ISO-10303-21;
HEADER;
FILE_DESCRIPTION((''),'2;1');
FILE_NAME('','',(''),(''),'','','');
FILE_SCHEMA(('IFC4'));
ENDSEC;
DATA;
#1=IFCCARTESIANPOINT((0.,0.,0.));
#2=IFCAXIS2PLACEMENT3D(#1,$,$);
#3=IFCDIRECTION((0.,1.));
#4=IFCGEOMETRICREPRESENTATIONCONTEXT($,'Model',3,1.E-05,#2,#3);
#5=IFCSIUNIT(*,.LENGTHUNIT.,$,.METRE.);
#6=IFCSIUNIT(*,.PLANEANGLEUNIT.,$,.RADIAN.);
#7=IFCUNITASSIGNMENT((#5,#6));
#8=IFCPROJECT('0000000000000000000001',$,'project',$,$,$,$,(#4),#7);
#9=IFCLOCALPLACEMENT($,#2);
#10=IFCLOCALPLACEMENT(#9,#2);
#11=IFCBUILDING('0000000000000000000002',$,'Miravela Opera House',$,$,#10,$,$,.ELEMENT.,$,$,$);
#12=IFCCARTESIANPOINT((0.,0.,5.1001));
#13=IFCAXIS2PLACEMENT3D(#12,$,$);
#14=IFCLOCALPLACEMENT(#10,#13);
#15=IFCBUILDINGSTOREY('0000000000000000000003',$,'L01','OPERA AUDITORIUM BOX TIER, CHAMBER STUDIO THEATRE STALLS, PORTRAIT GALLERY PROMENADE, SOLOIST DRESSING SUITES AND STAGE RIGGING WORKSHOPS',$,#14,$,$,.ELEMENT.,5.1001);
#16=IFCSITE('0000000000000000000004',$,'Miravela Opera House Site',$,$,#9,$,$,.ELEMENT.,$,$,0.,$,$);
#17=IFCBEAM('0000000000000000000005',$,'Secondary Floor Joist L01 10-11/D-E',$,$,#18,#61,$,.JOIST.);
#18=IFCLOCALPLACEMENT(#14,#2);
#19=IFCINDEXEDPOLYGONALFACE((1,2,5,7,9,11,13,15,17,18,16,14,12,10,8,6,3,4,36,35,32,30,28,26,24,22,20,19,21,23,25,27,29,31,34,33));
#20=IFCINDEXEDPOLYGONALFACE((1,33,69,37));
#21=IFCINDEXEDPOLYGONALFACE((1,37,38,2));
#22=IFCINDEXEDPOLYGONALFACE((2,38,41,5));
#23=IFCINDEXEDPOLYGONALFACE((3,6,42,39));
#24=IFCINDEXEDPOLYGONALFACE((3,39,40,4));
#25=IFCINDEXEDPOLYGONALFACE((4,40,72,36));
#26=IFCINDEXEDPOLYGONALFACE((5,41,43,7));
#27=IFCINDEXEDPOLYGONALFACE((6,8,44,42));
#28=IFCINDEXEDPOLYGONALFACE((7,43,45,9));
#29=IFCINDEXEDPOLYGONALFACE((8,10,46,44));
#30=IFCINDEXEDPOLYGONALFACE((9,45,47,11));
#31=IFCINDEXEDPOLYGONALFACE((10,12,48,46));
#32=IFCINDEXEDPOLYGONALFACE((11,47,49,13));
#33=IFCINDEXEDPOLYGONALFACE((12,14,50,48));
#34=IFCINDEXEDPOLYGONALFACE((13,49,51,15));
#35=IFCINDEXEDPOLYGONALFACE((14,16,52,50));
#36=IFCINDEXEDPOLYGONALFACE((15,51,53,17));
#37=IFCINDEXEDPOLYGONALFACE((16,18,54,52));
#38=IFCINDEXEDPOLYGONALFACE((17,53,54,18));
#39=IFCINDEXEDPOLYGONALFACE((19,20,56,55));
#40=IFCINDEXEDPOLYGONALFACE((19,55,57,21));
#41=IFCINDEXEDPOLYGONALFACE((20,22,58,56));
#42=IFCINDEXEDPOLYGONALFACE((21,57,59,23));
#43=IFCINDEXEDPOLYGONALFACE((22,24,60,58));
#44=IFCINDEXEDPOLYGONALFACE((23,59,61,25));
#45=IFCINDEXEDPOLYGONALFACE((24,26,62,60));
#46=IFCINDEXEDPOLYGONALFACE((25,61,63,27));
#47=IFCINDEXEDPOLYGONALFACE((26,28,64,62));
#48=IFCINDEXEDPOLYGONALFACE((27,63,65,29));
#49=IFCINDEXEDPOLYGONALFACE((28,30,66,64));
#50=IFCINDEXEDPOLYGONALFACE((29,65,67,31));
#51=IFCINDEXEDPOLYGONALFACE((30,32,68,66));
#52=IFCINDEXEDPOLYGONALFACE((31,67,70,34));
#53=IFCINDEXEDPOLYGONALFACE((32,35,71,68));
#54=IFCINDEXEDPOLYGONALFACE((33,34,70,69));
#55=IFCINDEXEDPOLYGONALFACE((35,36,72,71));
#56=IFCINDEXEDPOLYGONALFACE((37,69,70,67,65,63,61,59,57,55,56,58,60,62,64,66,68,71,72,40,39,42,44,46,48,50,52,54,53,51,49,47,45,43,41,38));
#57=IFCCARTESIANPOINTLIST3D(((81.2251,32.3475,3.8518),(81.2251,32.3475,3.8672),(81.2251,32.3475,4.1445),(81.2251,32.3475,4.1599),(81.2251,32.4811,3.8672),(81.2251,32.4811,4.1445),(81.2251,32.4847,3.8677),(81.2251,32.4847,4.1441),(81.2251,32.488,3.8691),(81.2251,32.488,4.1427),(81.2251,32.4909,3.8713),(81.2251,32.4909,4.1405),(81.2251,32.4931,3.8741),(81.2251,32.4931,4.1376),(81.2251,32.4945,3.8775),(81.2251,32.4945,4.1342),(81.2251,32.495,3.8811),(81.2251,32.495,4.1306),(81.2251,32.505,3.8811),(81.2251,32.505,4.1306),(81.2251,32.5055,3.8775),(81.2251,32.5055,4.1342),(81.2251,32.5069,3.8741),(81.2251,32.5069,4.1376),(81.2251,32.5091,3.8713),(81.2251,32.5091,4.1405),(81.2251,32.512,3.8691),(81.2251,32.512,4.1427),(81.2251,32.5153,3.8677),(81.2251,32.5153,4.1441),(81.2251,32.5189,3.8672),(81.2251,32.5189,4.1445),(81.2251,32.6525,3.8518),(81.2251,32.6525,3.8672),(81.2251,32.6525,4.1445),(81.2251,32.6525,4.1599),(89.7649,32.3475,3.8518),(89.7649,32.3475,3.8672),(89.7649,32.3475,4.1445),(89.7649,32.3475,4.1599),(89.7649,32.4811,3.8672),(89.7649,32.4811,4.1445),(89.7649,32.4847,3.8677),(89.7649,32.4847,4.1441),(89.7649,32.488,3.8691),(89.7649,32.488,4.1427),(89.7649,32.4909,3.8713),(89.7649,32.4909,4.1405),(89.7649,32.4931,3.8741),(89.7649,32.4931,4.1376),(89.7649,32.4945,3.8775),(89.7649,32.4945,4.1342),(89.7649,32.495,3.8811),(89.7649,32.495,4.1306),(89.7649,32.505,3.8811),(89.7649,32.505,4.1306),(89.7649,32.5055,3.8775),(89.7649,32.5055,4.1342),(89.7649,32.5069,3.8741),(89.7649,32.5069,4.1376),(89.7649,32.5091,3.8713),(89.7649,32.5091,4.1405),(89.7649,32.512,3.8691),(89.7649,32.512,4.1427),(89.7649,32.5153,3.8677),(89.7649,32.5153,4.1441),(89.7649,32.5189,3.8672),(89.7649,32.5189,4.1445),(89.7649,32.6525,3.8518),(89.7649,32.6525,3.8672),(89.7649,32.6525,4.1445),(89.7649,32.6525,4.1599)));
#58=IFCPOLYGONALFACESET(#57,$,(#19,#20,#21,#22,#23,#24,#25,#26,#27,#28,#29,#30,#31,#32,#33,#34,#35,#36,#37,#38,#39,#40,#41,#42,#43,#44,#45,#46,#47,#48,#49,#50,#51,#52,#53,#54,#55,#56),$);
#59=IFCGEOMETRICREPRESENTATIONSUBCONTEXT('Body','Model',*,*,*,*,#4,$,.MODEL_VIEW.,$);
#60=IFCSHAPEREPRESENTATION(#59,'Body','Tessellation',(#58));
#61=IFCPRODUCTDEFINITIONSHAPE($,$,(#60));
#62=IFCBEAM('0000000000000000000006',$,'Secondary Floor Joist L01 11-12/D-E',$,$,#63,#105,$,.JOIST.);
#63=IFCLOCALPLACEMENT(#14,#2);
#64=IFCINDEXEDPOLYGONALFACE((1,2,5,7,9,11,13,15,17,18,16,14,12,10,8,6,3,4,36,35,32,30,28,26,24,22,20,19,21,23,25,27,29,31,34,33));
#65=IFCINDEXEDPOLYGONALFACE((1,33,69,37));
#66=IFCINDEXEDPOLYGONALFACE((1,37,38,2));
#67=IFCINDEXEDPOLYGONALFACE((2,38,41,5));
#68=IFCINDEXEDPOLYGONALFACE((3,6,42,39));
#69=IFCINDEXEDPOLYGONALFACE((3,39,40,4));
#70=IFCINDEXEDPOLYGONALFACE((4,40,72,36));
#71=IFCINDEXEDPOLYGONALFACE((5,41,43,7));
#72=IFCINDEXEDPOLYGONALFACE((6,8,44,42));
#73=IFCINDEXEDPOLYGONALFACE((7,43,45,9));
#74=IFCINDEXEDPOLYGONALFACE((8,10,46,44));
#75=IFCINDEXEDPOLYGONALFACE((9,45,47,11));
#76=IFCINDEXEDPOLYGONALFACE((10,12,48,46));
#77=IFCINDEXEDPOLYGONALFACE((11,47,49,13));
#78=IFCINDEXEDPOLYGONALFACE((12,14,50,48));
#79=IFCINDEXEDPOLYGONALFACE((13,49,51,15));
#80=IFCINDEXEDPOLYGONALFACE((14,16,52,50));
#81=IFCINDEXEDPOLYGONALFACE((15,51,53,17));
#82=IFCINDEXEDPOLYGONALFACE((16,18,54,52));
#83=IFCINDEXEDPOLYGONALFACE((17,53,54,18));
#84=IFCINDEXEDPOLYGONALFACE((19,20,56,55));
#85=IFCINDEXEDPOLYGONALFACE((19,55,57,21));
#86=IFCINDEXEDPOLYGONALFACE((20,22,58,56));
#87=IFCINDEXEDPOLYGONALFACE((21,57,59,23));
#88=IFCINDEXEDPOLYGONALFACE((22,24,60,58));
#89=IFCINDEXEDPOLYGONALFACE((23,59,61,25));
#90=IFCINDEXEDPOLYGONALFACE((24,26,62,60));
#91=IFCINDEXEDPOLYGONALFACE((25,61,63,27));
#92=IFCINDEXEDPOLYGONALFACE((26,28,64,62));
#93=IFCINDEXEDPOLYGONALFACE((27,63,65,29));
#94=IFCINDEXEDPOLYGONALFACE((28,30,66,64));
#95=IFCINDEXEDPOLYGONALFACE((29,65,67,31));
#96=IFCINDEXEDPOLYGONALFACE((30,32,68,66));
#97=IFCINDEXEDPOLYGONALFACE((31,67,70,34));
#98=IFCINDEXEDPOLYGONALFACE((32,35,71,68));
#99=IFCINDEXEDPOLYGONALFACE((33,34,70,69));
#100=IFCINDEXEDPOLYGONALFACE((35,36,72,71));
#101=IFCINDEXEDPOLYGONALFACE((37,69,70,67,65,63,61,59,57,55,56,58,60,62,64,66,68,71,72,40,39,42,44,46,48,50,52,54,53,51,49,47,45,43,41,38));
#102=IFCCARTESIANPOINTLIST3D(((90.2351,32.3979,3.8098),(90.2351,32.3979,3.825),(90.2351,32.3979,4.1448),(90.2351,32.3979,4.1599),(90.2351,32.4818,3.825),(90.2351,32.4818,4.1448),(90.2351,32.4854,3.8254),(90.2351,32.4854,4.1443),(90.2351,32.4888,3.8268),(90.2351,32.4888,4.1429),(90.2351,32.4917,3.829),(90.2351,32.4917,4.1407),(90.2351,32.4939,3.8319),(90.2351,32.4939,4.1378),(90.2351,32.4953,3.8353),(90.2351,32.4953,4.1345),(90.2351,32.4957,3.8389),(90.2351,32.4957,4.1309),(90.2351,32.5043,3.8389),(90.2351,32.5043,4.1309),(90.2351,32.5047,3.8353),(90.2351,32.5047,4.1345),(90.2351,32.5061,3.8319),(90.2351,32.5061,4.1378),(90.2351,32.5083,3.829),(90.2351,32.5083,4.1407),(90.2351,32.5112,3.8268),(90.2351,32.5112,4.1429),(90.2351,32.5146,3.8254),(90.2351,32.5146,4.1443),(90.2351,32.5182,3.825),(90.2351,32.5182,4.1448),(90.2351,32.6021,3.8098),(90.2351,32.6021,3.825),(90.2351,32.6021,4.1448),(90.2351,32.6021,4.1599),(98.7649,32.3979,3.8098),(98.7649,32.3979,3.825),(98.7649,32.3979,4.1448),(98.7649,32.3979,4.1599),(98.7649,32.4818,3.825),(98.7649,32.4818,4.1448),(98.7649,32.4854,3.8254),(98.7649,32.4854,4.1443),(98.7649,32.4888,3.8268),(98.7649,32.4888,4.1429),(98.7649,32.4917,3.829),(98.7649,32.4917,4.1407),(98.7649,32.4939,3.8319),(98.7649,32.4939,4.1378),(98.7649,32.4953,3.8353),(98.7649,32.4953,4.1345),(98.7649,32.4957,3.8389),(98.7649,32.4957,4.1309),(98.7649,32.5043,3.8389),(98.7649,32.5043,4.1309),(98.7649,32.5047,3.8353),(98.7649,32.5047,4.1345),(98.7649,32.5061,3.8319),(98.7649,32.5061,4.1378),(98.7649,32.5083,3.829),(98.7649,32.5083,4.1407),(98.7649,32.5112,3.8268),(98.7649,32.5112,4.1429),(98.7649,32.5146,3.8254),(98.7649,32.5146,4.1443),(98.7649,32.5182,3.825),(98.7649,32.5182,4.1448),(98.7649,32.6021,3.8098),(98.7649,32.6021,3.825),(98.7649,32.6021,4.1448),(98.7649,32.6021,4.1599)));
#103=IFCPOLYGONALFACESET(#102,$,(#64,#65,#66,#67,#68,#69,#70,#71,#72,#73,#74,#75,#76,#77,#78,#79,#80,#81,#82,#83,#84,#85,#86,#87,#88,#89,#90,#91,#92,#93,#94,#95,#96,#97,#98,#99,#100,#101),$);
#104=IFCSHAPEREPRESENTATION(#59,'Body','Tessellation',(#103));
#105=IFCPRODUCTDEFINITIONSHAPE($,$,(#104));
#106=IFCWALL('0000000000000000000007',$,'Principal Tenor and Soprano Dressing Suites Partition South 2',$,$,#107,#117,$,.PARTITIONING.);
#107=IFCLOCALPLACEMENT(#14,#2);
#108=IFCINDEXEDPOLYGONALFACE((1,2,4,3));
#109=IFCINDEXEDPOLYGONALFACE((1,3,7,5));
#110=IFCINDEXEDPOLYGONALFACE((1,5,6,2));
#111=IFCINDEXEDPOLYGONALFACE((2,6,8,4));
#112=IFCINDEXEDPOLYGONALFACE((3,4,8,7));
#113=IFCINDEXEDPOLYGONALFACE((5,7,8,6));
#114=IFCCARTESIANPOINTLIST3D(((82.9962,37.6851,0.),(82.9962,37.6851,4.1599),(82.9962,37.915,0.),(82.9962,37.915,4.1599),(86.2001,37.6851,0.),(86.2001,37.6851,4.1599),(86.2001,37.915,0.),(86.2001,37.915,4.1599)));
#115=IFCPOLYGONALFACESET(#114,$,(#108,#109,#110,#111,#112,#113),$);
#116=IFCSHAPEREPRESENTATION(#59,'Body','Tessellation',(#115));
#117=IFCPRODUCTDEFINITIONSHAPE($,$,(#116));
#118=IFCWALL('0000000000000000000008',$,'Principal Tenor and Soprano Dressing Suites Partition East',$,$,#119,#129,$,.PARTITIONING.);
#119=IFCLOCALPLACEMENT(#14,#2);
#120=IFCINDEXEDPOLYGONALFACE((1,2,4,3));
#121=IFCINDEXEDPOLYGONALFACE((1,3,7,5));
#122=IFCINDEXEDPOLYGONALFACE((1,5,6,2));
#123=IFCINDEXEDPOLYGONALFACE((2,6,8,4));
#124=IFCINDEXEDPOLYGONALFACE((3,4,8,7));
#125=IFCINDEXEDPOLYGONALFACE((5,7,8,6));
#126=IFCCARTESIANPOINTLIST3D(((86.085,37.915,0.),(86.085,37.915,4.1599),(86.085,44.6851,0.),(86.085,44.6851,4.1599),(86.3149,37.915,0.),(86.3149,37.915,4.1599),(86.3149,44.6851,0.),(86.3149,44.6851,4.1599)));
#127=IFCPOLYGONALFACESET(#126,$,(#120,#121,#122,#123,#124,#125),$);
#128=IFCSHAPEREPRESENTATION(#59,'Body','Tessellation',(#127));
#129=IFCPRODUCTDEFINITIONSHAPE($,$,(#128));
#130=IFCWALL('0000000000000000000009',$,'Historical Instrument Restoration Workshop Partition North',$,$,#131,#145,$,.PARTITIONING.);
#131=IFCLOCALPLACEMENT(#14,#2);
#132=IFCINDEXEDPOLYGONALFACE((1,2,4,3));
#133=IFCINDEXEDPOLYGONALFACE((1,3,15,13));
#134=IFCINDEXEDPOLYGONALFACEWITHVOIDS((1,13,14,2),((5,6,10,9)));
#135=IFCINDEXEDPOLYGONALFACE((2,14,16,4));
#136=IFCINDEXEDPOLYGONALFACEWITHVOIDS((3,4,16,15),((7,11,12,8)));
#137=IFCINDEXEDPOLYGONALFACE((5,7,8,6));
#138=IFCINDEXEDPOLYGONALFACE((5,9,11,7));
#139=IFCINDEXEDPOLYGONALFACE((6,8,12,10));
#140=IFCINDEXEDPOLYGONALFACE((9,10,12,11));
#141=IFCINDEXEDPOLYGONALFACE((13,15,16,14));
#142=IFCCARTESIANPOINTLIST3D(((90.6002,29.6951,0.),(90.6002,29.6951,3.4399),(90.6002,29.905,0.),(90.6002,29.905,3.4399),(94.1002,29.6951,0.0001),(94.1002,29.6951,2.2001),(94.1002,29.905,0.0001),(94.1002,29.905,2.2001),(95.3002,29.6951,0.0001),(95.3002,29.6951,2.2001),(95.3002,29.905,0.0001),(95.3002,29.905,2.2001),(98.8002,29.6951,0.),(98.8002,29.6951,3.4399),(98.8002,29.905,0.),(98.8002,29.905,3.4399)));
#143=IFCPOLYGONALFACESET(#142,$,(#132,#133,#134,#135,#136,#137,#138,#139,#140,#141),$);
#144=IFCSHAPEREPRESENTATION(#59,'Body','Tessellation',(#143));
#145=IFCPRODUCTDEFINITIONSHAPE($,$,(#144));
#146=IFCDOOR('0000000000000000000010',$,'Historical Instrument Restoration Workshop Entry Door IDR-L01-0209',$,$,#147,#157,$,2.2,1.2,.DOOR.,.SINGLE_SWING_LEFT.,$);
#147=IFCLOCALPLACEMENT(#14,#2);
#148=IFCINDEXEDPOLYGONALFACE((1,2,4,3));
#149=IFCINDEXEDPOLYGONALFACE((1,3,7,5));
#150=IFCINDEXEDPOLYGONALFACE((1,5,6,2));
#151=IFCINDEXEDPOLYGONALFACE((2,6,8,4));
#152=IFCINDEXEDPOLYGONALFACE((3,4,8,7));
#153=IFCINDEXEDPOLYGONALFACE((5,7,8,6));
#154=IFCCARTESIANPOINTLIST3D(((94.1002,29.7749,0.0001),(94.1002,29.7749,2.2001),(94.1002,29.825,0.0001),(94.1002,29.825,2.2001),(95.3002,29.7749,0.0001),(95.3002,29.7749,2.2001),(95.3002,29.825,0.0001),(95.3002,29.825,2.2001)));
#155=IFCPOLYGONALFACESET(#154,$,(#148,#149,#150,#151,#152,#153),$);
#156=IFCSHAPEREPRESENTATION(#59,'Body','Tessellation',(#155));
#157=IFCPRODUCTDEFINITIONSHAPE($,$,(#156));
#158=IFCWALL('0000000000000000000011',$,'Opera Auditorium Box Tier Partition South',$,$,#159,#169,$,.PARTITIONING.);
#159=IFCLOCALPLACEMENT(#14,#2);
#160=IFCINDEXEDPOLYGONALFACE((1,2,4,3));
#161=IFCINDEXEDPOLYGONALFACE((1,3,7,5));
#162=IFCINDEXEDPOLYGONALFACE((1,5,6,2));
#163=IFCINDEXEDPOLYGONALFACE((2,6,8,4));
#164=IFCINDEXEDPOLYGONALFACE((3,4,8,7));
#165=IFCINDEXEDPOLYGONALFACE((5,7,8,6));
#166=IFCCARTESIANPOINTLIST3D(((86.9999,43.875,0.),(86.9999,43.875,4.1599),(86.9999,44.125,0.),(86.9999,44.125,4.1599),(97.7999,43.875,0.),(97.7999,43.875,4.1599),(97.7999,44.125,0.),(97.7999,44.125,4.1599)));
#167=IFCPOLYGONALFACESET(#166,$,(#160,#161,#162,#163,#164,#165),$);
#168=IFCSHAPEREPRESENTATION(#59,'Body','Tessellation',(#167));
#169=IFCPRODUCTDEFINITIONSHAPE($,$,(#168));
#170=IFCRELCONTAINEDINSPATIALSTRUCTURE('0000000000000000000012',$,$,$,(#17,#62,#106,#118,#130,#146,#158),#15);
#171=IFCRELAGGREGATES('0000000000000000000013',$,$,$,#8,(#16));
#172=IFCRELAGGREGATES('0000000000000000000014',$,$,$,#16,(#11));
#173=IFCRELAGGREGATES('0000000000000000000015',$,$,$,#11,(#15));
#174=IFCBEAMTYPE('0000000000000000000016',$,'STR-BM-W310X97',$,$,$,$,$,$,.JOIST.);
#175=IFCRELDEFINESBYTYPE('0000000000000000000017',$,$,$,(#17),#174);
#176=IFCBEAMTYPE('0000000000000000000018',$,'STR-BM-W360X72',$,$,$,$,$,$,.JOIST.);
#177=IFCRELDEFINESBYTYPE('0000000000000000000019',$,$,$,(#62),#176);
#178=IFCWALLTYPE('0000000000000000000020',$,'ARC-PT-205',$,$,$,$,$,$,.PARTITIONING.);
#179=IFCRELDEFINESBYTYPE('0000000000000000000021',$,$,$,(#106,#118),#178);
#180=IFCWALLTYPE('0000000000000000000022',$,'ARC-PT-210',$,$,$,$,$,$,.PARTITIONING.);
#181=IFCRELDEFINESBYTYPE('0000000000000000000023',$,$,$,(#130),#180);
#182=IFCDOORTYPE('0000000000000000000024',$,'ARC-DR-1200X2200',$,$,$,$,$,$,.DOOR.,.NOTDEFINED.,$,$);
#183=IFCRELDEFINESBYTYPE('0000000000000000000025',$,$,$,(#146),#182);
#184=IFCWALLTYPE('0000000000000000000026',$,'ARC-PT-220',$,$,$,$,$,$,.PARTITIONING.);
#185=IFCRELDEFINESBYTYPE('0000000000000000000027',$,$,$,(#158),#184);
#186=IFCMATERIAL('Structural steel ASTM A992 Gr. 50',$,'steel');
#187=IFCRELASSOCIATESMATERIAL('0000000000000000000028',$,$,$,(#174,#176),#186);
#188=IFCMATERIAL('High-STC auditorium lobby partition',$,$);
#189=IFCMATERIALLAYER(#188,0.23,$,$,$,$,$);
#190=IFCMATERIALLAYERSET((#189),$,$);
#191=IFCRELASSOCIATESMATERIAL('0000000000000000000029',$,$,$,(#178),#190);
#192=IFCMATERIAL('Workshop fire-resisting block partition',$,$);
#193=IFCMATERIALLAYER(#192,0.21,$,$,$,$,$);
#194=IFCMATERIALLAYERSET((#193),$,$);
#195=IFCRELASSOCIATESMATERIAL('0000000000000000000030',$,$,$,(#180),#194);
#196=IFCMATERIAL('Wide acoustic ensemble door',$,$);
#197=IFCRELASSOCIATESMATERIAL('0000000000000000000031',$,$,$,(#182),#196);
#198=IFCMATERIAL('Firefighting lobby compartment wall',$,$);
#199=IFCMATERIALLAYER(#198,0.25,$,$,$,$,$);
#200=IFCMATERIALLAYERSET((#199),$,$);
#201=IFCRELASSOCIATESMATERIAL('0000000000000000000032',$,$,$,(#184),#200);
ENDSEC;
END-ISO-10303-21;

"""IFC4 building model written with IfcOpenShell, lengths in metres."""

from ifc_helpers import new_model, si_unit, direction, frame, frame_2d, origin, origin_2d, place, context, subcontext, project, spatial, rectangle, i_section, extrude, material, layer, layer_set, material_profile, profile_set, type_object, element, fill, save


model = new_model("IFC4")

# Units and contexts
model_context = context("Model", 3, precision=1e-05, world=origin(), true_north=direction((0.0, 1.0)))
body_context = subcontext(model_context, "Body", "Model", "MODEL_VIEW")
ifc_project = project(units=[si_unit("LENGTHUNIT", "METRE"), si_unit("PLANEANGLEUNIT", "RADIAN")], contexts=[model_context])

# Site, building, storey
site_placement = place(None, origin())
site = spatial("IfcSite", under=ifc_project, at=site_placement, Name="Miravela Opera House Site", CompositionType="ELEMENT", RefElevation=0.0)
building_placement = place(site_placement, origin())
building = spatial("IfcBuilding", under=site, at=building_placement, Name="Miravela Opera House", CompositionType="ELEMENT")
storey_placement = place(building_placement, frame((0.0, 0.0, 5.1001)))
storey = spatial("IfcBuildingStorey", under=building, at=storey_placement, Name="L01", Description="OPERA AUDITORIUM BOX TIER, CHAMBER STUDIO THEATRE STALLS, PORTRAIT GALLERY PROMENADE, SOLOIST DRESSING SUITES AND STAGE RIGGING WORKSHOPS", CompositionType="ELEMENT", Elevation=5.1001)

# Beams
ifc_material_1 = material(Name="Structural steel ASTM A992 Gr. 50", Category="steel")
ifc_material_profile_1 = material_profile(ifc_material_1, i_section(OverallWidth=0.3049, OverallDepth=0.3081, WebThickness=0.01, FlangeThickness=0.0154, FilletRadius=0.0139, at=origin_2d()), Name="W310X97")
ifc_profile_set_1 = profile_set([ifc_material_profile_1])
beam_type_1 = type_object("IfcBeamType", Name="STR-BM-W310X97", PredefinedType="JOIST", material=ifc_profile_set_1)
beam_1_placement = place(storey_placement, frame((81.2251, 32.5, 4.0059), z_axis=(1.0, 0.0, 0.0), x_axis=(0.0, 1.0, 0.0)))
element("IfcBeam", 1, at=beam_1_placement, inside=storey, type_object=beam_type_1, Name="Secondary Floor Joist L01 10-11/D-E", PredefinedType="JOIST", context=body_context, shape_type="SweptSolid", body=[
    extrude(i_section(OverallWidth=0.3049, OverallDepth=0.3081, WebThickness=0.01, FlangeThickness=0.0154, FilletRadius=0.0139, at=origin_2d()), origin(), (0.0, 0.0, 1.0), 8.5398),
])
ifc_material_profile_2 = material_profile(ifc_material_1, i_section(OverallWidth=0.2041, OverallDepth=0.3501, WebThickness=0.0085, FlangeThickness=0.0151, FilletRadius=0.0139, at=origin_2d()), Name="W360X72")
ifc_profile_set_2 = profile_set([ifc_material_profile_2])
beam_type_2 = type_object("IfcBeamType", Name="STR-BM-W360X72", PredefinedType="JOIST", material=ifc_profile_set_2)
beam_2_placement = place(storey_placement, frame((90.2351, 32.5, 3.9849), z_axis=(1.0, 0.0, 0.0), x_axis=(0.0, 1.0, 0.0)))
element("IfcBeam", 2, at=beam_2_placement, inside=storey, type_object=beam_type_2, Name="Secondary Floor Joist L01 11-12/D-E", PredefinedType="JOIST", context=body_context, shape_type="SweptSolid", body=[
    extrude(i_section(OverallWidth=0.2041, OverallDepth=0.3501, WebThickness=0.0085, FlangeThickness=0.0151, FilletRadius=0.0139, at=origin_2d()), origin(), (0.0, 0.0, 1.0), 8.5298),
])

# Walls
ifc_material_2 = material(Name="High-STC auditorium lobby partition")
ifc_layer_1 = layer(ifc_material_2, 0.23)
ifc_layer_set_1 = layer_set([ifc_layer_1])
wall_type_1 = type_object("IfcWallType", Name="ARC-PT-205", PredefinedType="PARTITIONING", material=ifc_layer_set_1)
wall_1_placement = place(storey_placement, frame((82.9961, 37.8, 0.0), z_axis=(0.0, 0.0, 1.0), x_axis=(1.0, 0.0, 0.0)))
element("IfcWall", 3, at=wall_1_placement, inside=storey, type_object=wall_type_1, Name="Principal Tenor and Soprano Dressing Suites Partition South 2", PredefinedType="PARTITIONING", context=body_context, shape_type="SweptSolid", body=[
    extrude(rectangle(XDim=3.2039, YDim=0.23, at=frame_2d((1.6021, 0.0))), origin(), (0.0, 0.0, 1.0), 4.1599),
])
wall_2_placement = place(storey_placement, frame((86.2, 37.915, 0.0), z_axis=(0.0, 0.0, 1.0), x_axis=(0.0, 1.0, 0.0)))
element("IfcWall", 4, at=wall_2_placement, inside=storey, type_object=wall_type_1, Name="Principal Tenor and Soprano Dressing Suites Partition East", PredefinedType="PARTITIONING", context=body_context, shape_type="SweptSolid", body=[
    extrude(rectangle(XDim=6.77, YDim=0.23, at=frame_2d((3.385, 0.0))), origin(), (0.0, 0.0, 1.0), 4.1599),
])

# Wall, opening, door
ifc_material_3 = material(Name="Workshop fire-resisting block partition")
ifc_layer_2 = layer(ifc_material_3, 0.21)
ifc_layer_set_2 = layer_set([ifc_layer_2])
wall_type_2 = type_object("IfcWallType", Name="ARC-PT-210", PredefinedType="PARTITIONING", material=ifc_layer_set_2)
wall_3_placement = place(storey_placement, frame((90.6001, 29.8, 0.0), z_axis=(0.0, 0.0, 1.0), x_axis=(1.0, 0.0, 0.0)))
wall_3 = element("IfcWall", 5, at=wall_3_placement, inside=storey, type_object=wall_type_2, Name="Historical Instrument Restoration Workshop Partition North", PredefinedType="PARTITIONING", context=body_context, shape_type="SweptSolid", body=[
    extrude(rectangle(XDim=8.2, YDim=0.21, at=frame_2d((4.1001, 0.0))), origin(), (0.0, 0.0, 1.0), 3.4399),
])
opening_1_placement = place(wall_3_placement, frame((3.5, 0.0, 0.0)))
opening_1 = element("IfcOpeningElement", 6, at=opening_1_placement, cuts=wall_3, PredefinedType="OPENING", context=body_context, shape_type="SweptSolid", body=[
    extrude(rectangle(XDim=1.2, YDim=2.2, at=frame_2d((0.6001, 1.1001))), frame((0.0, 0.115, 0.0), z_axis=(0.0, -1.0, 0.0), x_axis=(1.0, 0.0, 0.0)), (0.0, 0.0, 1.0), 0.23),
])
ifc_material_4 = material(Name="Wide acoustic ensemble door")
door_type_1 = type_object("IfcDoorType", Name="ARC-DR-1200X2200", OperationType="NOTDEFINED", PredefinedType="DOOR", material=ifc_material_4)
door_1_placement = place(opening_1_placement, origin())
door_1 = element("IfcDoor", 7, at=door_1_placement, inside=storey, type_object=door_type_1, Name="Historical Instrument Restoration Workshop Entry Door IDR-L01-0209", OperationType="SINGLE_SWING_LEFT", OverallHeight=2.2, OverallWidth=1.2, PredefinedType="DOOR", context=body_context, shape_type="SweptSolid", body=[
    extrude(rectangle(XDim=1.2, YDim=2.2, at=frame_2d((0.6001, 1.1001))), frame((0.0, 0.0249, 0.0), z_axis=(0.0, -1.0, 0.0), x_axis=(1.0, 0.0, 0.0)), (0.0, 0.0, 1.0), 0.05),
])
fill(opening_1, door_1)

# Wall
ifc_material_5 = material(Name="Firefighting lobby compartment wall")
ifc_layer_3 = layer(ifc_material_5, 0.25)
ifc_layer_set_3 = layer_set([ifc_layer_3])
wall_type_3 = type_object("IfcWallType", Name="ARC-PT-220", PredefinedType="PARTITIONING", material=ifc_layer_set_3)
wall_4_placement = place(storey_placement, frame((87.0, 44.0, 0.0), z_axis=(0.0, 0.0, 1.0), x_axis=(1.0, 0.0, 0.0)))
element("IfcWall", 8, at=wall_4_placement, inside=storey, type_object=wall_type_3, Name="Opera Auditorium Box Tier Partition South", PredefinedType="PARTITIONING", context=body_context, shape_type="SweptSolid", body=[
    extrude(rectangle(XDim=10.8, YDim=0.25, at=frame_2d((5.3999, 0.0))), origin(), (0.0, 0.0, 1.0), 4.1599),
])

save(model, "model.ifc")
